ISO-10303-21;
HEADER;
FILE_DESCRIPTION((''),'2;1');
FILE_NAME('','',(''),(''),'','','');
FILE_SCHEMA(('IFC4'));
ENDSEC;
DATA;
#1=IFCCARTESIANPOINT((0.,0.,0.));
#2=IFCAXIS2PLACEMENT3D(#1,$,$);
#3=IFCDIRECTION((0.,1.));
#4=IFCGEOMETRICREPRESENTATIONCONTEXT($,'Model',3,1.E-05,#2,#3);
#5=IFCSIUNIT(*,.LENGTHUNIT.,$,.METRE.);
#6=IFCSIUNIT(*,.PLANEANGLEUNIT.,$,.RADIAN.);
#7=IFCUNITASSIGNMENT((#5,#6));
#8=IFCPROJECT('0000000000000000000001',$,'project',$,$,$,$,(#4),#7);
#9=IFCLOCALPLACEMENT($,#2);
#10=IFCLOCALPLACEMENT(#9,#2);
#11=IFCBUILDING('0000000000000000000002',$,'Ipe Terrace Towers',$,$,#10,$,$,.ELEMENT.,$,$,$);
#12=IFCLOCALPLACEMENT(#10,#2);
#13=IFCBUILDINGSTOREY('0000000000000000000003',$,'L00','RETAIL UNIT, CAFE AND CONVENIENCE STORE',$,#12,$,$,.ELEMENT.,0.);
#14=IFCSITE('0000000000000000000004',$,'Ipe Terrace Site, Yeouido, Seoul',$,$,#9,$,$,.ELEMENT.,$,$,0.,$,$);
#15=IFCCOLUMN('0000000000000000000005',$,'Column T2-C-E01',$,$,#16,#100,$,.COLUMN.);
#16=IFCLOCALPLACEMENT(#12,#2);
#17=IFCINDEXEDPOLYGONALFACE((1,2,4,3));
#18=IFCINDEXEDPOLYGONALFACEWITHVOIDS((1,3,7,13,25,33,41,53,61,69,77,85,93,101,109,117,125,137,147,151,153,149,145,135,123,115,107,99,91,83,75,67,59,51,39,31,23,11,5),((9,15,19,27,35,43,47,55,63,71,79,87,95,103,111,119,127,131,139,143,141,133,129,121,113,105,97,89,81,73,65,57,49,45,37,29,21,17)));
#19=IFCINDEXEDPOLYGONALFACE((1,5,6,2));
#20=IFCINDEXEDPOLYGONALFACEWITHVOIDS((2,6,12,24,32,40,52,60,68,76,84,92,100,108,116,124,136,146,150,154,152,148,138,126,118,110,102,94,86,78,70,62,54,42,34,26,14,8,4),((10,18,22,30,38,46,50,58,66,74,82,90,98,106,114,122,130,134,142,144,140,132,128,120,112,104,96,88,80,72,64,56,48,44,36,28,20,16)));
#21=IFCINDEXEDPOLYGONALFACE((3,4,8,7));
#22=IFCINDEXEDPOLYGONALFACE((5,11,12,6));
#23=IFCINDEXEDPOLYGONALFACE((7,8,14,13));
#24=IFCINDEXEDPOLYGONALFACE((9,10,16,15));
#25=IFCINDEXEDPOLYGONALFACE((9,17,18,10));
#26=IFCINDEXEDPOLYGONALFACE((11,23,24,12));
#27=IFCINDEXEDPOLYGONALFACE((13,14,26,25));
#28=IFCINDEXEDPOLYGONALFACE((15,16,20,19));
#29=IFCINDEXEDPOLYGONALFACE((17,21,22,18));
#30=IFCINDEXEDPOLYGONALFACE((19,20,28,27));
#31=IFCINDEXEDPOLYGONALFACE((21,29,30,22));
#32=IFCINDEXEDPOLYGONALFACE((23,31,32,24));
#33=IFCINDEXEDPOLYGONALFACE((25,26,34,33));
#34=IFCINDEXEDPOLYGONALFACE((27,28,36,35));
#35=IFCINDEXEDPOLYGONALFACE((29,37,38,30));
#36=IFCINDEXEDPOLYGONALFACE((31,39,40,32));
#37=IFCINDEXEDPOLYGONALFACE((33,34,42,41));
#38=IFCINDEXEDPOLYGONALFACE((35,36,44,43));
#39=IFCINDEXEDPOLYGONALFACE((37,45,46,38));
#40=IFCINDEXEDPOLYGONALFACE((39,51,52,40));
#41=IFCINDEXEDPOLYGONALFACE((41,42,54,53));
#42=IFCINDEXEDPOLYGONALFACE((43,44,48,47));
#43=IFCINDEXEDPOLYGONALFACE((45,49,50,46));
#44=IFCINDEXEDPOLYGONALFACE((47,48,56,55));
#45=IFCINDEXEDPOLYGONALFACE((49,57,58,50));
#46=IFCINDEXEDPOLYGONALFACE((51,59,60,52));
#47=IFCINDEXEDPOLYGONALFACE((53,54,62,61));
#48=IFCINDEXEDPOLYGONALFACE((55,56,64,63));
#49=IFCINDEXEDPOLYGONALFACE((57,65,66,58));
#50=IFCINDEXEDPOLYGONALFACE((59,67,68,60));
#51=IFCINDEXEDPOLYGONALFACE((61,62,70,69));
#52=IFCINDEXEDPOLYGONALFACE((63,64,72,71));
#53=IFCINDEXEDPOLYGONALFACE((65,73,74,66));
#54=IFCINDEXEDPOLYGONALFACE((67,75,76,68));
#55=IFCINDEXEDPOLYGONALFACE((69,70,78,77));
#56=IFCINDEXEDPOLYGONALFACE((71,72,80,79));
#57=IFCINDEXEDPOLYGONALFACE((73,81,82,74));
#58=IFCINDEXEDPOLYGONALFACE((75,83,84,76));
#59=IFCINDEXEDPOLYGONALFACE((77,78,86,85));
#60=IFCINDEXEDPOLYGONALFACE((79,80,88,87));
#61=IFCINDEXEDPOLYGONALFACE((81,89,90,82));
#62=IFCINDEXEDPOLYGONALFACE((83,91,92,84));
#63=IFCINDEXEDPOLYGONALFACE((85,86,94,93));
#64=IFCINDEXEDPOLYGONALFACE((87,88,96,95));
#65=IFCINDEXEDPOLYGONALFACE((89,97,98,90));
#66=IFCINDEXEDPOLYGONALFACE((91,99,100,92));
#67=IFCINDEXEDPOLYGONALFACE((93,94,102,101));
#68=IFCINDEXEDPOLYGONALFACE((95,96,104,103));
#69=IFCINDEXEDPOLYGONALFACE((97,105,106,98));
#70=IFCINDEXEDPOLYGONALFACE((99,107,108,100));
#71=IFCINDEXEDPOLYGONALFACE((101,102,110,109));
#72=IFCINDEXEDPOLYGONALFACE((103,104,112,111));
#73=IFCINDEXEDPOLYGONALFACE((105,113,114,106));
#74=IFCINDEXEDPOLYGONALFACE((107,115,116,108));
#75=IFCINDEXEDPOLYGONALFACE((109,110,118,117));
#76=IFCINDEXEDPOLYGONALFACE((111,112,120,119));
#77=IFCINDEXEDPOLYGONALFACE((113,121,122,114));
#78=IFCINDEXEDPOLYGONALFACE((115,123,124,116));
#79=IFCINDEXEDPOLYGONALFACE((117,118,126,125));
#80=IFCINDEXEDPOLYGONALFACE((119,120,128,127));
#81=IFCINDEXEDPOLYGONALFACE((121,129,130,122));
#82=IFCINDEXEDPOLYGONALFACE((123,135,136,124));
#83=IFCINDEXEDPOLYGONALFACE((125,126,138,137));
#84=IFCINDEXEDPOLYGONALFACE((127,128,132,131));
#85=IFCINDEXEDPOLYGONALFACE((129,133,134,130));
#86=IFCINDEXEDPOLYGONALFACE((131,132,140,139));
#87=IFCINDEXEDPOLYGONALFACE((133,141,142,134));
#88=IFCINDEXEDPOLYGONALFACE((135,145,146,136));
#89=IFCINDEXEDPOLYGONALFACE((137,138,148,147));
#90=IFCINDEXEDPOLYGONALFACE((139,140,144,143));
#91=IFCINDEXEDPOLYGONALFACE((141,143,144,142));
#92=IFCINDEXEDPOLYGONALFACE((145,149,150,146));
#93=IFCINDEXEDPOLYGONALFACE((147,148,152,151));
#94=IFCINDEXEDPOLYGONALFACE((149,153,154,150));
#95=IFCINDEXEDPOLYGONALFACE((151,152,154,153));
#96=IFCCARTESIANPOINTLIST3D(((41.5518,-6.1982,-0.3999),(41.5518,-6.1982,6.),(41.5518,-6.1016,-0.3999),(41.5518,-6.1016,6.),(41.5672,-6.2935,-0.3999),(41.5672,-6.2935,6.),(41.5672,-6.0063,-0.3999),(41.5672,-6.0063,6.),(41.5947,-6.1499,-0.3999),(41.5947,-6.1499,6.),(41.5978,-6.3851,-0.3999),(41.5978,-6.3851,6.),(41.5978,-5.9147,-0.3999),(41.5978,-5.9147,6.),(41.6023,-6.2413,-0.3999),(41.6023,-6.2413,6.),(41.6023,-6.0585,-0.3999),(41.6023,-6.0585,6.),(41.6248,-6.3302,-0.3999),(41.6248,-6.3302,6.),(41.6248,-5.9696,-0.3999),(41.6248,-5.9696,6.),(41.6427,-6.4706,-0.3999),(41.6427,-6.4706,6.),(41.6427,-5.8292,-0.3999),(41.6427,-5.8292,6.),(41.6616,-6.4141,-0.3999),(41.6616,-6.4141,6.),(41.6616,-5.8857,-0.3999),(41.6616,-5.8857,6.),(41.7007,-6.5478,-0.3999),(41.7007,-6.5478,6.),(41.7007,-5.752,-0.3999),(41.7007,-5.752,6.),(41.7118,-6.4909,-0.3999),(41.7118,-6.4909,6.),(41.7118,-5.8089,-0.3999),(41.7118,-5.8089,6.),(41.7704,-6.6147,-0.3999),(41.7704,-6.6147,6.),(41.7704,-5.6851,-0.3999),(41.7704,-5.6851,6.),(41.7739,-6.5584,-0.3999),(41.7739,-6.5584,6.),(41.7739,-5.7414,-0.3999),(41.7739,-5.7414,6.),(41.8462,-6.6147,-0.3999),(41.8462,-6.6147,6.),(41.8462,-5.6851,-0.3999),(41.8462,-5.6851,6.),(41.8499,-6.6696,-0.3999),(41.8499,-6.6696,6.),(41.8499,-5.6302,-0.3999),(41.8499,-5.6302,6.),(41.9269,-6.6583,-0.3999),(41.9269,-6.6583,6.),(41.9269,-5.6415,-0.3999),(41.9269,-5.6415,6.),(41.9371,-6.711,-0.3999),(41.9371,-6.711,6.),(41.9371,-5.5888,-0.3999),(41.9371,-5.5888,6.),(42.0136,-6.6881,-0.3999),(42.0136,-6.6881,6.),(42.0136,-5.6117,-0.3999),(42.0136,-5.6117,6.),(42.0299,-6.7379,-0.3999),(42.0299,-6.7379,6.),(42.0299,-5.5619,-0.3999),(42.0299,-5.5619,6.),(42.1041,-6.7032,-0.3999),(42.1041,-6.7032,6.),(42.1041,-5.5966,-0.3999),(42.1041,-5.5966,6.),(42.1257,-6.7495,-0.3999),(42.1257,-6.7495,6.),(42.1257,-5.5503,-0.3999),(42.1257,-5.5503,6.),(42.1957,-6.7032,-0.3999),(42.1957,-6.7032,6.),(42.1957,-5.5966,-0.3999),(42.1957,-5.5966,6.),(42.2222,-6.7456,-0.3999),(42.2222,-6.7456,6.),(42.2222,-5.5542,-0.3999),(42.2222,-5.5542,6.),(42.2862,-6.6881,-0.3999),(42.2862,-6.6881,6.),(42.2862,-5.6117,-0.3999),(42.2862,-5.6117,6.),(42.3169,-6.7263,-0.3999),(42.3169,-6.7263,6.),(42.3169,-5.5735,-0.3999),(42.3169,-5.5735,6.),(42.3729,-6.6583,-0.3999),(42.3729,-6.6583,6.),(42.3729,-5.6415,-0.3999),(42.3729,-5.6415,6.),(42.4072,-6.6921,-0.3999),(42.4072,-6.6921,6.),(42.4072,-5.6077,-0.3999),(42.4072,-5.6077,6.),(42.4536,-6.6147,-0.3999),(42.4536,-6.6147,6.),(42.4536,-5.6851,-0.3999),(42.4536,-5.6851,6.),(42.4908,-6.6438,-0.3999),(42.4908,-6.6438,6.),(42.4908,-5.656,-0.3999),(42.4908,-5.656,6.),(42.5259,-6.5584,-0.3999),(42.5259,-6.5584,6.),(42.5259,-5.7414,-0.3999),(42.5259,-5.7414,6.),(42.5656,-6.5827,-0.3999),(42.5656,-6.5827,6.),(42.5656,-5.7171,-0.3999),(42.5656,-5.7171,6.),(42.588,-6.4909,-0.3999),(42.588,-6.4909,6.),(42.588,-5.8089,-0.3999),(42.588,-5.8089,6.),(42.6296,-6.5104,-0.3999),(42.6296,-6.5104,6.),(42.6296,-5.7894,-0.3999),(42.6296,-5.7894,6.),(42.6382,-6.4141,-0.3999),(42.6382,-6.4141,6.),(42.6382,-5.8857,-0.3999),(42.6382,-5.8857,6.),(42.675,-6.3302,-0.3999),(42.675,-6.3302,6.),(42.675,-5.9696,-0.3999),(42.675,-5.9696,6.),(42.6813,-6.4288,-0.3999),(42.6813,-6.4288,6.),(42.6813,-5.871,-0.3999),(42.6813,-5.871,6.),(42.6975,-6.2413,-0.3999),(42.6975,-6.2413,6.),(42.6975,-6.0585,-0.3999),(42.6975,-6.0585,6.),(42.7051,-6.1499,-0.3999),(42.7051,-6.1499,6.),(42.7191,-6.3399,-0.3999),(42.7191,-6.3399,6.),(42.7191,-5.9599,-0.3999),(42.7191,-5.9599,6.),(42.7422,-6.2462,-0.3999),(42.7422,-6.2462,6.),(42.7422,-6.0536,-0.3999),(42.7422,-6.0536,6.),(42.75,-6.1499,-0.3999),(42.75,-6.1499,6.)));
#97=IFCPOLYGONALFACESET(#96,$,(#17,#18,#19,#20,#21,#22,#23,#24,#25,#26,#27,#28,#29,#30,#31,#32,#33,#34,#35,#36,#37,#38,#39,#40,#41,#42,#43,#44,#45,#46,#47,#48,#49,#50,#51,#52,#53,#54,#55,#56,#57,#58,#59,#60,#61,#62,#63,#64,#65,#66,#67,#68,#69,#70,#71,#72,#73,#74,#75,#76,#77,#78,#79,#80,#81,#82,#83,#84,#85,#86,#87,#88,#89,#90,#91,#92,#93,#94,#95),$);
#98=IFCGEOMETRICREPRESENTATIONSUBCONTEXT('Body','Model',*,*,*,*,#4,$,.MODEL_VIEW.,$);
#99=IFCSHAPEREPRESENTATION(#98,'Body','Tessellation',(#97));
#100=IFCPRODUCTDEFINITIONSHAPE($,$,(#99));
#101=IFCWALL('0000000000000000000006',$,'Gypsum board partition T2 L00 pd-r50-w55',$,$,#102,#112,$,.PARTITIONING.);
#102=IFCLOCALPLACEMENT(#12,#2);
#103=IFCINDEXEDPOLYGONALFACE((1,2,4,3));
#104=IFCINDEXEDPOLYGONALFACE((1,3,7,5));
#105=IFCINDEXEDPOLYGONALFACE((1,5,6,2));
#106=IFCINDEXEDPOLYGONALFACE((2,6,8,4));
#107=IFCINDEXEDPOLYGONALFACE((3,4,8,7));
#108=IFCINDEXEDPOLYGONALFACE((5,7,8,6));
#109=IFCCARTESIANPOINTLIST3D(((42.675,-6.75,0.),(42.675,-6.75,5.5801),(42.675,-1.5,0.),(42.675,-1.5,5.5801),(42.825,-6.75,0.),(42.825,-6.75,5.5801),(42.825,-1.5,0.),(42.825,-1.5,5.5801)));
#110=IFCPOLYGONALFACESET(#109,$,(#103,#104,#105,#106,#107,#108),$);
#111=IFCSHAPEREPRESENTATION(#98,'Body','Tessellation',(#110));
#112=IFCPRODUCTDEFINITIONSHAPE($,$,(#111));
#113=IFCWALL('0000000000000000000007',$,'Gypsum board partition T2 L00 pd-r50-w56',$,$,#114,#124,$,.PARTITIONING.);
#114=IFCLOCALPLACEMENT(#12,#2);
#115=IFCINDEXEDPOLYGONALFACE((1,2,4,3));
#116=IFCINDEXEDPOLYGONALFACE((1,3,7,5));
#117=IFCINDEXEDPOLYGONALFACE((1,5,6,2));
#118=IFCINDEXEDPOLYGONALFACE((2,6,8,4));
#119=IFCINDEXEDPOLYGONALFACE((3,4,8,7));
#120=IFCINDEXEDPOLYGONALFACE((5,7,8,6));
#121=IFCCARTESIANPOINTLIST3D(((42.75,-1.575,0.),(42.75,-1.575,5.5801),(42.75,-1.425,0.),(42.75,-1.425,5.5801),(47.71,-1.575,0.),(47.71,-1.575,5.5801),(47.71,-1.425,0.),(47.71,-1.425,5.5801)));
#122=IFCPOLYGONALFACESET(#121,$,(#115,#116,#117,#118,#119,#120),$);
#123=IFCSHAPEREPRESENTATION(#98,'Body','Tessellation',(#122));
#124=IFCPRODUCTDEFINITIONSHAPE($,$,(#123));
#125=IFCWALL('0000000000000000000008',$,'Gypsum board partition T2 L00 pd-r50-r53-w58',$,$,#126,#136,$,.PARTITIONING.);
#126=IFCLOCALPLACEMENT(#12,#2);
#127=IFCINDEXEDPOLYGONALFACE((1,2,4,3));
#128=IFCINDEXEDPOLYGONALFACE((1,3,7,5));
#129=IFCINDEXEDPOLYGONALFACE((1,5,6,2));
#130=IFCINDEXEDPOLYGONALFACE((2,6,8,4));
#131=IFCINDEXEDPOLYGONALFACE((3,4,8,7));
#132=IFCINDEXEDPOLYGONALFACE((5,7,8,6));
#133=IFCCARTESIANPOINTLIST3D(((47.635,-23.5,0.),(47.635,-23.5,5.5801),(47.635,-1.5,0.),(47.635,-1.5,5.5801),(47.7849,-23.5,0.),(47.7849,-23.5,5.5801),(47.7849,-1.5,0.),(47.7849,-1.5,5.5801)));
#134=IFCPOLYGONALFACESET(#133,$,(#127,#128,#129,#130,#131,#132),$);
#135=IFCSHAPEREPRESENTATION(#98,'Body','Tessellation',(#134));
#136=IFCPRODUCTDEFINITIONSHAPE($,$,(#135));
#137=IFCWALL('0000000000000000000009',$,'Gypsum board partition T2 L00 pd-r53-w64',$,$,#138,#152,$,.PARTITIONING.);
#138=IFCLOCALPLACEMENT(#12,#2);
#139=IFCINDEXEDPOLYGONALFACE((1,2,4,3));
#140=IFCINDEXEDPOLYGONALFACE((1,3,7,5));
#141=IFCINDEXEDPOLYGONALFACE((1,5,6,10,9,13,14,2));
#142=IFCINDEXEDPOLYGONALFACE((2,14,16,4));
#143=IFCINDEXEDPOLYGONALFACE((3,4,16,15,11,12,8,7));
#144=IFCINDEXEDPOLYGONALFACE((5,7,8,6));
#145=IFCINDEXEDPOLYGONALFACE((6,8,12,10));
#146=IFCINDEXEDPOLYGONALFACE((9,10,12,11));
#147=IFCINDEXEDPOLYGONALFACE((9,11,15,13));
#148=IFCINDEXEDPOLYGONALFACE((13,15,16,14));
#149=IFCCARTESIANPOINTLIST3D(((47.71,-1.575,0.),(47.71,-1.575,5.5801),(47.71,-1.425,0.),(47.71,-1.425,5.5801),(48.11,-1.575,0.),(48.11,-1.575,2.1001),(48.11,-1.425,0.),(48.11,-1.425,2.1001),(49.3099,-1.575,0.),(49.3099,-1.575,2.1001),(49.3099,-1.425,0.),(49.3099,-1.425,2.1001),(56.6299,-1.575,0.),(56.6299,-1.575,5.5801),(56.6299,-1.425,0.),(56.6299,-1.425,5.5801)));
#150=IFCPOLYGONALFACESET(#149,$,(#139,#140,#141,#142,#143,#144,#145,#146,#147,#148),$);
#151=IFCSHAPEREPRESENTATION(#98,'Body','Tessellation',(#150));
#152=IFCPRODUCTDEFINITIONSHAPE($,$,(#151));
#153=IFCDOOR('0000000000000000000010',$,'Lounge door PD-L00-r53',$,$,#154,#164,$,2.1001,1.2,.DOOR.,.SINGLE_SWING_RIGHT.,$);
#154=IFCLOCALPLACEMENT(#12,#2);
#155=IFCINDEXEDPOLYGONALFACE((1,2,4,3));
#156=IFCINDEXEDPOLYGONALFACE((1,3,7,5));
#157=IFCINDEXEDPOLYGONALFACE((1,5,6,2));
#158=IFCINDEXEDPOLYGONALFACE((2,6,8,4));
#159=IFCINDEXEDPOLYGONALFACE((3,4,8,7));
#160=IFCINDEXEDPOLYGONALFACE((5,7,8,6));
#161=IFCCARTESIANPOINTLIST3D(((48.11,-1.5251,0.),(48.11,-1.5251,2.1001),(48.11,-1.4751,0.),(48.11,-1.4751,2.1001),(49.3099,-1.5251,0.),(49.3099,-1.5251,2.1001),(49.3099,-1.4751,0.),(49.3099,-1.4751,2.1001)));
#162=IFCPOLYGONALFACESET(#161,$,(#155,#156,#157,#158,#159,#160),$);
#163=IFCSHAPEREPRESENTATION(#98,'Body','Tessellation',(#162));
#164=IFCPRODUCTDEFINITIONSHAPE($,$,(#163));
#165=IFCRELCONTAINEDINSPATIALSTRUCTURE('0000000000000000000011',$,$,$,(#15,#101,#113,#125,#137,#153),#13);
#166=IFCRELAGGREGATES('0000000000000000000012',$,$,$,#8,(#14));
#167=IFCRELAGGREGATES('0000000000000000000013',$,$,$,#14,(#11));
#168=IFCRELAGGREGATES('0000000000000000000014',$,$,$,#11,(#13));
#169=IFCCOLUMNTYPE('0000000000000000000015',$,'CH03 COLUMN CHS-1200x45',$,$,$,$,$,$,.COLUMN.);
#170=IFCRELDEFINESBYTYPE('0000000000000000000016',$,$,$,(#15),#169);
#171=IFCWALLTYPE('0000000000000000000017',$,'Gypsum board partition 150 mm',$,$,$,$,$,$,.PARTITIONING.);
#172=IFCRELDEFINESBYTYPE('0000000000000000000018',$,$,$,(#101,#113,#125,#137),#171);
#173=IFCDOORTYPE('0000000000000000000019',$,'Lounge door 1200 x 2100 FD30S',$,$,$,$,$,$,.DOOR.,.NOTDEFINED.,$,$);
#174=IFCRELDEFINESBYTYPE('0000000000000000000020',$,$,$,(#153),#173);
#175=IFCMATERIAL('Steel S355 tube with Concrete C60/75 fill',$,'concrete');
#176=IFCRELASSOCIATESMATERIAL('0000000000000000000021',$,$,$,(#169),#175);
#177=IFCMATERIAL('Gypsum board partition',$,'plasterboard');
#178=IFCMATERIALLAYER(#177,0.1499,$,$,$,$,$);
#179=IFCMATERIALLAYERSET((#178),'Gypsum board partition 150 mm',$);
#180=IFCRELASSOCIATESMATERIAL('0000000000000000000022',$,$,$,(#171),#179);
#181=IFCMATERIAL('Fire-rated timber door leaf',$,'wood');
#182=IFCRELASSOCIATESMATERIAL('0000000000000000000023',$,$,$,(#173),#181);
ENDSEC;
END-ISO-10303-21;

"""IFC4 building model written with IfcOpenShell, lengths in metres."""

from ifc_helpers import new_model, si_unit, direction, frame, frame_2d, origin, origin_2d, place, context, subcontext, project, spatial, rectangle, hollow_circle, extrude, material, layer, layer_set, material_profile, profile_set, type_object, element, fill, save


model = new_model("IFC4")

# Units and contexts
model_context = context("Model", 3, precision=1e-05, world=origin(), true_north=direction((0.0, 1.0)))
body_context = subcontext(model_context, "Body", "Model", "MODEL_VIEW")
ifc_project = project(units=[si_unit("LENGTHUNIT", "METRE"), si_unit("PLANEANGLEUNIT", "RADIAN")], contexts=[model_context])

# Site, building, storey
site_placement = place(None, origin())
site = spatial("IfcSite", under=ifc_project, at=site_placement, Name="Ipe Terrace Site, Yeouido, Seoul", CompositionType="ELEMENT", RefElevation=0.0)
building_placement = place(site_placement, origin())
building = spatial("IfcBuilding", under=site, at=building_placement, Name="Ipe Terrace Towers", CompositionType="ELEMENT")
storey_placement = place(building_placement, origin())
storey = spatial("IfcBuildingStorey", under=building, at=storey_placement, Name="L00", Description="RETAIL UNIT, CAFE AND CONVENIENCE STORE", CompositionType="ELEMENT", Elevation=0.0)

# Column
ifc_material_1 = material(Name="Steel S355 tube with Concrete C60/75 fill", Category="concrete")
ifc_material_profile_1 = material_profile(ifc_material_1, hollow_circle(Radius=0.6001, WallThickness=0.0449, at=origin_2d()), Name="CHS-1200x45")
ifc_profile_set_1 = profile_set([ifc_material_profile_1], Name="Steel S355 tube with Concrete C60/75 fill")
column_type = type_object("IfcColumnType", Name="CH03 COLUMN CHS-1200x45", PredefinedType="COLUMN", material=ifc_profile_set_1)
column_placement = place(storey_placement, frame((42.1499, -6.1499, -0.3999), z_axis=(0.0, 0.0, 1.0), x_axis=(1.0, 0.0, 0.0)))
element("IfcColumn", 1, at=column_placement, inside=storey, type_object=column_type, Name="Column T2-C-E01", PredefinedType="COLUMN", context=body_context, shape_type="SweptSolid", body=[
    extrude(hollow_circle(Radius=0.6001, WallThickness=0.0449, at=origin_2d()), origin(), (0.0, 0.0, 1.0), 6.3999),
])

# Walls
ifc_material_2 = material(Name="Gypsum board partition", Category="plasterboard")
ifc_layer_1 = layer(ifc_material_2, 0.1499)
ifc_layer_set_1 = layer_set([ifc_layer_1], Name="Gypsum board partition 150 mm")
wall_type_1 = type_object("IfcWallType", Name="Gypsum board partition 150 mm", PredefinedType="PARTITIONING", material=ifc_layer_set_1)
wall_1_placement = place(storey_placement, frame((42.75, -6.75, 0.0), z_axis=(0.0, 0.0, 1.0), x_axis=(0.0, 1.0, 0.0)))
element("IfcWall", 2, at=wall_1_placement, inside=storey, type_object=wall_type_1, Name="Gypsum board partition T2 L00 pd-r50-w55", PredefinedType="PARTITIONING", context=body_context, shape_type="SweptSolid", body=[
    extrude(rectangle(XDim=5.25, YDim=0.1499, at=frame_2d((2.625, 0.0))), origin(), (0.0, 0.0, 1.0), 5.5801),
])
wall_2_placement = place(storey_placement, frame((42.75, -1.5, 0.0), z_axis=(0.0, 0.0, 1.0), x_axis=(1.0, 0.0, 0.0)))
element("IfcWall", 3, at=wall_2_placement, inside=storey, type_object=wall_type_1, Name="Gypsum board partition T2 L00 pd-r50-w56", PredefinedType="PARTITIONING", context=body_context, shape_type="SweptSolid", body=[
    extrude(rectangle(XDim=4.96, YDim=0.1499, at=frame_2d((2.48, 0.0))), origin(), (0.0, 0.0, 1.0), 5.5801),
])
wall_3_placement = place(storey_placement, frame((47.71, -1.5, 0.0), z_axis=(0.0, 0.0, 1.0), x_axis=(0.0, -1.0, 0.0)))
element("IfcWall", 4, at=wall_3_placement, inside=storey, type_object=wall_type_1, Name="Gypsum board partition T2 L00 pd-r50-r53-w58", PredefinedType="PARTITIONING", context=body_context, shape_type="SweptSolid", body=[
    extrude(rectangle(XDim=22.0, YDim=0.1499, at=frame_2d((11.0, 0.0))), origin(), (0.0, 0.0, 1.0), 5.5801),
])

# Wall, opening, door
wall_4_placement = place(storey_placement, frame((47.71, -1.5, 0.0), z_axis=(0.0, 0.0, 1.0), x_axis=(1.0, 0.0, 0.0)))
wall_4 = element("IfcWall", 5, at=wall_4_placement, inside=storey, type_object=wall_type_1, Name="Gypsum board partition T2 L00 pd-r53-w64", PredefinedType="PARTITIONING", context=body_context, shape_type="SweptSolid", body=[
    extrude(rectangle(XDim=8.9199, YDim=0.1499, at=frame_2d((4.46, 0.0))), origin(), (0.0, 0.0, 1.0), 5.5801),
])
opening_1_placement = place(wall_4_placement, frame((0.3999, 0.0, 0.0)))
opening_1 = element("IfcOpeningElement", 6, at=opening_1_placement, cuts=wall_4, PredefinedType="OPENING", context=body_context, shape_type="SweptSolid", body=[
    extrude(rectangle(XDim=1.2, YDim=2.1001, at=frame_2d((0.6001, 1.05))), frame((0.0, 0.085, 0.0), z_axis=(0.0, -1.0, 0.0), x_axis=(1.0, 0.0, 0.0)), (0.0, 0.0, 1.0), 0.1699),
])
ifc_material_3 = material(Name="Fire-rated timber door leaf", Category="wood")
door_type_1 = type_object("IfcDoorType", Name="Lounge door 1200 x 2100 FD30S", OperationType="NOTDEFINED", PredefinedType="DOOR", material=ifc_material_3)
door_1_placement = place(opening_1_placement, origin())
door_1 = element("IfcDoor", 7, at=door_1_placement, inside=storey, type_object=door_type_1, Name="Lounge door PD-L00-r53", OperationType="SINGLE_SWING_RIGHT", OverallHeight=2.1001, OverallWidth=1.2, PredefinedType="DOOR", context=body_context, shape_type="SweptSolid", body=[
    extrude(rectangle(XDim=1.2, YDim=2.1001, at=frame_2d((0.6001, 1.05))), frame((0.0, 0.0249, 0.0), z_axis=(0.0, -1.0, 0.0), x_axis=(1.0, 0.0, 0.0)), (0.0, 0.0, 1.0), 0.05),
])
fill(opening_1, door_1)

save(model, "model.ifc")
